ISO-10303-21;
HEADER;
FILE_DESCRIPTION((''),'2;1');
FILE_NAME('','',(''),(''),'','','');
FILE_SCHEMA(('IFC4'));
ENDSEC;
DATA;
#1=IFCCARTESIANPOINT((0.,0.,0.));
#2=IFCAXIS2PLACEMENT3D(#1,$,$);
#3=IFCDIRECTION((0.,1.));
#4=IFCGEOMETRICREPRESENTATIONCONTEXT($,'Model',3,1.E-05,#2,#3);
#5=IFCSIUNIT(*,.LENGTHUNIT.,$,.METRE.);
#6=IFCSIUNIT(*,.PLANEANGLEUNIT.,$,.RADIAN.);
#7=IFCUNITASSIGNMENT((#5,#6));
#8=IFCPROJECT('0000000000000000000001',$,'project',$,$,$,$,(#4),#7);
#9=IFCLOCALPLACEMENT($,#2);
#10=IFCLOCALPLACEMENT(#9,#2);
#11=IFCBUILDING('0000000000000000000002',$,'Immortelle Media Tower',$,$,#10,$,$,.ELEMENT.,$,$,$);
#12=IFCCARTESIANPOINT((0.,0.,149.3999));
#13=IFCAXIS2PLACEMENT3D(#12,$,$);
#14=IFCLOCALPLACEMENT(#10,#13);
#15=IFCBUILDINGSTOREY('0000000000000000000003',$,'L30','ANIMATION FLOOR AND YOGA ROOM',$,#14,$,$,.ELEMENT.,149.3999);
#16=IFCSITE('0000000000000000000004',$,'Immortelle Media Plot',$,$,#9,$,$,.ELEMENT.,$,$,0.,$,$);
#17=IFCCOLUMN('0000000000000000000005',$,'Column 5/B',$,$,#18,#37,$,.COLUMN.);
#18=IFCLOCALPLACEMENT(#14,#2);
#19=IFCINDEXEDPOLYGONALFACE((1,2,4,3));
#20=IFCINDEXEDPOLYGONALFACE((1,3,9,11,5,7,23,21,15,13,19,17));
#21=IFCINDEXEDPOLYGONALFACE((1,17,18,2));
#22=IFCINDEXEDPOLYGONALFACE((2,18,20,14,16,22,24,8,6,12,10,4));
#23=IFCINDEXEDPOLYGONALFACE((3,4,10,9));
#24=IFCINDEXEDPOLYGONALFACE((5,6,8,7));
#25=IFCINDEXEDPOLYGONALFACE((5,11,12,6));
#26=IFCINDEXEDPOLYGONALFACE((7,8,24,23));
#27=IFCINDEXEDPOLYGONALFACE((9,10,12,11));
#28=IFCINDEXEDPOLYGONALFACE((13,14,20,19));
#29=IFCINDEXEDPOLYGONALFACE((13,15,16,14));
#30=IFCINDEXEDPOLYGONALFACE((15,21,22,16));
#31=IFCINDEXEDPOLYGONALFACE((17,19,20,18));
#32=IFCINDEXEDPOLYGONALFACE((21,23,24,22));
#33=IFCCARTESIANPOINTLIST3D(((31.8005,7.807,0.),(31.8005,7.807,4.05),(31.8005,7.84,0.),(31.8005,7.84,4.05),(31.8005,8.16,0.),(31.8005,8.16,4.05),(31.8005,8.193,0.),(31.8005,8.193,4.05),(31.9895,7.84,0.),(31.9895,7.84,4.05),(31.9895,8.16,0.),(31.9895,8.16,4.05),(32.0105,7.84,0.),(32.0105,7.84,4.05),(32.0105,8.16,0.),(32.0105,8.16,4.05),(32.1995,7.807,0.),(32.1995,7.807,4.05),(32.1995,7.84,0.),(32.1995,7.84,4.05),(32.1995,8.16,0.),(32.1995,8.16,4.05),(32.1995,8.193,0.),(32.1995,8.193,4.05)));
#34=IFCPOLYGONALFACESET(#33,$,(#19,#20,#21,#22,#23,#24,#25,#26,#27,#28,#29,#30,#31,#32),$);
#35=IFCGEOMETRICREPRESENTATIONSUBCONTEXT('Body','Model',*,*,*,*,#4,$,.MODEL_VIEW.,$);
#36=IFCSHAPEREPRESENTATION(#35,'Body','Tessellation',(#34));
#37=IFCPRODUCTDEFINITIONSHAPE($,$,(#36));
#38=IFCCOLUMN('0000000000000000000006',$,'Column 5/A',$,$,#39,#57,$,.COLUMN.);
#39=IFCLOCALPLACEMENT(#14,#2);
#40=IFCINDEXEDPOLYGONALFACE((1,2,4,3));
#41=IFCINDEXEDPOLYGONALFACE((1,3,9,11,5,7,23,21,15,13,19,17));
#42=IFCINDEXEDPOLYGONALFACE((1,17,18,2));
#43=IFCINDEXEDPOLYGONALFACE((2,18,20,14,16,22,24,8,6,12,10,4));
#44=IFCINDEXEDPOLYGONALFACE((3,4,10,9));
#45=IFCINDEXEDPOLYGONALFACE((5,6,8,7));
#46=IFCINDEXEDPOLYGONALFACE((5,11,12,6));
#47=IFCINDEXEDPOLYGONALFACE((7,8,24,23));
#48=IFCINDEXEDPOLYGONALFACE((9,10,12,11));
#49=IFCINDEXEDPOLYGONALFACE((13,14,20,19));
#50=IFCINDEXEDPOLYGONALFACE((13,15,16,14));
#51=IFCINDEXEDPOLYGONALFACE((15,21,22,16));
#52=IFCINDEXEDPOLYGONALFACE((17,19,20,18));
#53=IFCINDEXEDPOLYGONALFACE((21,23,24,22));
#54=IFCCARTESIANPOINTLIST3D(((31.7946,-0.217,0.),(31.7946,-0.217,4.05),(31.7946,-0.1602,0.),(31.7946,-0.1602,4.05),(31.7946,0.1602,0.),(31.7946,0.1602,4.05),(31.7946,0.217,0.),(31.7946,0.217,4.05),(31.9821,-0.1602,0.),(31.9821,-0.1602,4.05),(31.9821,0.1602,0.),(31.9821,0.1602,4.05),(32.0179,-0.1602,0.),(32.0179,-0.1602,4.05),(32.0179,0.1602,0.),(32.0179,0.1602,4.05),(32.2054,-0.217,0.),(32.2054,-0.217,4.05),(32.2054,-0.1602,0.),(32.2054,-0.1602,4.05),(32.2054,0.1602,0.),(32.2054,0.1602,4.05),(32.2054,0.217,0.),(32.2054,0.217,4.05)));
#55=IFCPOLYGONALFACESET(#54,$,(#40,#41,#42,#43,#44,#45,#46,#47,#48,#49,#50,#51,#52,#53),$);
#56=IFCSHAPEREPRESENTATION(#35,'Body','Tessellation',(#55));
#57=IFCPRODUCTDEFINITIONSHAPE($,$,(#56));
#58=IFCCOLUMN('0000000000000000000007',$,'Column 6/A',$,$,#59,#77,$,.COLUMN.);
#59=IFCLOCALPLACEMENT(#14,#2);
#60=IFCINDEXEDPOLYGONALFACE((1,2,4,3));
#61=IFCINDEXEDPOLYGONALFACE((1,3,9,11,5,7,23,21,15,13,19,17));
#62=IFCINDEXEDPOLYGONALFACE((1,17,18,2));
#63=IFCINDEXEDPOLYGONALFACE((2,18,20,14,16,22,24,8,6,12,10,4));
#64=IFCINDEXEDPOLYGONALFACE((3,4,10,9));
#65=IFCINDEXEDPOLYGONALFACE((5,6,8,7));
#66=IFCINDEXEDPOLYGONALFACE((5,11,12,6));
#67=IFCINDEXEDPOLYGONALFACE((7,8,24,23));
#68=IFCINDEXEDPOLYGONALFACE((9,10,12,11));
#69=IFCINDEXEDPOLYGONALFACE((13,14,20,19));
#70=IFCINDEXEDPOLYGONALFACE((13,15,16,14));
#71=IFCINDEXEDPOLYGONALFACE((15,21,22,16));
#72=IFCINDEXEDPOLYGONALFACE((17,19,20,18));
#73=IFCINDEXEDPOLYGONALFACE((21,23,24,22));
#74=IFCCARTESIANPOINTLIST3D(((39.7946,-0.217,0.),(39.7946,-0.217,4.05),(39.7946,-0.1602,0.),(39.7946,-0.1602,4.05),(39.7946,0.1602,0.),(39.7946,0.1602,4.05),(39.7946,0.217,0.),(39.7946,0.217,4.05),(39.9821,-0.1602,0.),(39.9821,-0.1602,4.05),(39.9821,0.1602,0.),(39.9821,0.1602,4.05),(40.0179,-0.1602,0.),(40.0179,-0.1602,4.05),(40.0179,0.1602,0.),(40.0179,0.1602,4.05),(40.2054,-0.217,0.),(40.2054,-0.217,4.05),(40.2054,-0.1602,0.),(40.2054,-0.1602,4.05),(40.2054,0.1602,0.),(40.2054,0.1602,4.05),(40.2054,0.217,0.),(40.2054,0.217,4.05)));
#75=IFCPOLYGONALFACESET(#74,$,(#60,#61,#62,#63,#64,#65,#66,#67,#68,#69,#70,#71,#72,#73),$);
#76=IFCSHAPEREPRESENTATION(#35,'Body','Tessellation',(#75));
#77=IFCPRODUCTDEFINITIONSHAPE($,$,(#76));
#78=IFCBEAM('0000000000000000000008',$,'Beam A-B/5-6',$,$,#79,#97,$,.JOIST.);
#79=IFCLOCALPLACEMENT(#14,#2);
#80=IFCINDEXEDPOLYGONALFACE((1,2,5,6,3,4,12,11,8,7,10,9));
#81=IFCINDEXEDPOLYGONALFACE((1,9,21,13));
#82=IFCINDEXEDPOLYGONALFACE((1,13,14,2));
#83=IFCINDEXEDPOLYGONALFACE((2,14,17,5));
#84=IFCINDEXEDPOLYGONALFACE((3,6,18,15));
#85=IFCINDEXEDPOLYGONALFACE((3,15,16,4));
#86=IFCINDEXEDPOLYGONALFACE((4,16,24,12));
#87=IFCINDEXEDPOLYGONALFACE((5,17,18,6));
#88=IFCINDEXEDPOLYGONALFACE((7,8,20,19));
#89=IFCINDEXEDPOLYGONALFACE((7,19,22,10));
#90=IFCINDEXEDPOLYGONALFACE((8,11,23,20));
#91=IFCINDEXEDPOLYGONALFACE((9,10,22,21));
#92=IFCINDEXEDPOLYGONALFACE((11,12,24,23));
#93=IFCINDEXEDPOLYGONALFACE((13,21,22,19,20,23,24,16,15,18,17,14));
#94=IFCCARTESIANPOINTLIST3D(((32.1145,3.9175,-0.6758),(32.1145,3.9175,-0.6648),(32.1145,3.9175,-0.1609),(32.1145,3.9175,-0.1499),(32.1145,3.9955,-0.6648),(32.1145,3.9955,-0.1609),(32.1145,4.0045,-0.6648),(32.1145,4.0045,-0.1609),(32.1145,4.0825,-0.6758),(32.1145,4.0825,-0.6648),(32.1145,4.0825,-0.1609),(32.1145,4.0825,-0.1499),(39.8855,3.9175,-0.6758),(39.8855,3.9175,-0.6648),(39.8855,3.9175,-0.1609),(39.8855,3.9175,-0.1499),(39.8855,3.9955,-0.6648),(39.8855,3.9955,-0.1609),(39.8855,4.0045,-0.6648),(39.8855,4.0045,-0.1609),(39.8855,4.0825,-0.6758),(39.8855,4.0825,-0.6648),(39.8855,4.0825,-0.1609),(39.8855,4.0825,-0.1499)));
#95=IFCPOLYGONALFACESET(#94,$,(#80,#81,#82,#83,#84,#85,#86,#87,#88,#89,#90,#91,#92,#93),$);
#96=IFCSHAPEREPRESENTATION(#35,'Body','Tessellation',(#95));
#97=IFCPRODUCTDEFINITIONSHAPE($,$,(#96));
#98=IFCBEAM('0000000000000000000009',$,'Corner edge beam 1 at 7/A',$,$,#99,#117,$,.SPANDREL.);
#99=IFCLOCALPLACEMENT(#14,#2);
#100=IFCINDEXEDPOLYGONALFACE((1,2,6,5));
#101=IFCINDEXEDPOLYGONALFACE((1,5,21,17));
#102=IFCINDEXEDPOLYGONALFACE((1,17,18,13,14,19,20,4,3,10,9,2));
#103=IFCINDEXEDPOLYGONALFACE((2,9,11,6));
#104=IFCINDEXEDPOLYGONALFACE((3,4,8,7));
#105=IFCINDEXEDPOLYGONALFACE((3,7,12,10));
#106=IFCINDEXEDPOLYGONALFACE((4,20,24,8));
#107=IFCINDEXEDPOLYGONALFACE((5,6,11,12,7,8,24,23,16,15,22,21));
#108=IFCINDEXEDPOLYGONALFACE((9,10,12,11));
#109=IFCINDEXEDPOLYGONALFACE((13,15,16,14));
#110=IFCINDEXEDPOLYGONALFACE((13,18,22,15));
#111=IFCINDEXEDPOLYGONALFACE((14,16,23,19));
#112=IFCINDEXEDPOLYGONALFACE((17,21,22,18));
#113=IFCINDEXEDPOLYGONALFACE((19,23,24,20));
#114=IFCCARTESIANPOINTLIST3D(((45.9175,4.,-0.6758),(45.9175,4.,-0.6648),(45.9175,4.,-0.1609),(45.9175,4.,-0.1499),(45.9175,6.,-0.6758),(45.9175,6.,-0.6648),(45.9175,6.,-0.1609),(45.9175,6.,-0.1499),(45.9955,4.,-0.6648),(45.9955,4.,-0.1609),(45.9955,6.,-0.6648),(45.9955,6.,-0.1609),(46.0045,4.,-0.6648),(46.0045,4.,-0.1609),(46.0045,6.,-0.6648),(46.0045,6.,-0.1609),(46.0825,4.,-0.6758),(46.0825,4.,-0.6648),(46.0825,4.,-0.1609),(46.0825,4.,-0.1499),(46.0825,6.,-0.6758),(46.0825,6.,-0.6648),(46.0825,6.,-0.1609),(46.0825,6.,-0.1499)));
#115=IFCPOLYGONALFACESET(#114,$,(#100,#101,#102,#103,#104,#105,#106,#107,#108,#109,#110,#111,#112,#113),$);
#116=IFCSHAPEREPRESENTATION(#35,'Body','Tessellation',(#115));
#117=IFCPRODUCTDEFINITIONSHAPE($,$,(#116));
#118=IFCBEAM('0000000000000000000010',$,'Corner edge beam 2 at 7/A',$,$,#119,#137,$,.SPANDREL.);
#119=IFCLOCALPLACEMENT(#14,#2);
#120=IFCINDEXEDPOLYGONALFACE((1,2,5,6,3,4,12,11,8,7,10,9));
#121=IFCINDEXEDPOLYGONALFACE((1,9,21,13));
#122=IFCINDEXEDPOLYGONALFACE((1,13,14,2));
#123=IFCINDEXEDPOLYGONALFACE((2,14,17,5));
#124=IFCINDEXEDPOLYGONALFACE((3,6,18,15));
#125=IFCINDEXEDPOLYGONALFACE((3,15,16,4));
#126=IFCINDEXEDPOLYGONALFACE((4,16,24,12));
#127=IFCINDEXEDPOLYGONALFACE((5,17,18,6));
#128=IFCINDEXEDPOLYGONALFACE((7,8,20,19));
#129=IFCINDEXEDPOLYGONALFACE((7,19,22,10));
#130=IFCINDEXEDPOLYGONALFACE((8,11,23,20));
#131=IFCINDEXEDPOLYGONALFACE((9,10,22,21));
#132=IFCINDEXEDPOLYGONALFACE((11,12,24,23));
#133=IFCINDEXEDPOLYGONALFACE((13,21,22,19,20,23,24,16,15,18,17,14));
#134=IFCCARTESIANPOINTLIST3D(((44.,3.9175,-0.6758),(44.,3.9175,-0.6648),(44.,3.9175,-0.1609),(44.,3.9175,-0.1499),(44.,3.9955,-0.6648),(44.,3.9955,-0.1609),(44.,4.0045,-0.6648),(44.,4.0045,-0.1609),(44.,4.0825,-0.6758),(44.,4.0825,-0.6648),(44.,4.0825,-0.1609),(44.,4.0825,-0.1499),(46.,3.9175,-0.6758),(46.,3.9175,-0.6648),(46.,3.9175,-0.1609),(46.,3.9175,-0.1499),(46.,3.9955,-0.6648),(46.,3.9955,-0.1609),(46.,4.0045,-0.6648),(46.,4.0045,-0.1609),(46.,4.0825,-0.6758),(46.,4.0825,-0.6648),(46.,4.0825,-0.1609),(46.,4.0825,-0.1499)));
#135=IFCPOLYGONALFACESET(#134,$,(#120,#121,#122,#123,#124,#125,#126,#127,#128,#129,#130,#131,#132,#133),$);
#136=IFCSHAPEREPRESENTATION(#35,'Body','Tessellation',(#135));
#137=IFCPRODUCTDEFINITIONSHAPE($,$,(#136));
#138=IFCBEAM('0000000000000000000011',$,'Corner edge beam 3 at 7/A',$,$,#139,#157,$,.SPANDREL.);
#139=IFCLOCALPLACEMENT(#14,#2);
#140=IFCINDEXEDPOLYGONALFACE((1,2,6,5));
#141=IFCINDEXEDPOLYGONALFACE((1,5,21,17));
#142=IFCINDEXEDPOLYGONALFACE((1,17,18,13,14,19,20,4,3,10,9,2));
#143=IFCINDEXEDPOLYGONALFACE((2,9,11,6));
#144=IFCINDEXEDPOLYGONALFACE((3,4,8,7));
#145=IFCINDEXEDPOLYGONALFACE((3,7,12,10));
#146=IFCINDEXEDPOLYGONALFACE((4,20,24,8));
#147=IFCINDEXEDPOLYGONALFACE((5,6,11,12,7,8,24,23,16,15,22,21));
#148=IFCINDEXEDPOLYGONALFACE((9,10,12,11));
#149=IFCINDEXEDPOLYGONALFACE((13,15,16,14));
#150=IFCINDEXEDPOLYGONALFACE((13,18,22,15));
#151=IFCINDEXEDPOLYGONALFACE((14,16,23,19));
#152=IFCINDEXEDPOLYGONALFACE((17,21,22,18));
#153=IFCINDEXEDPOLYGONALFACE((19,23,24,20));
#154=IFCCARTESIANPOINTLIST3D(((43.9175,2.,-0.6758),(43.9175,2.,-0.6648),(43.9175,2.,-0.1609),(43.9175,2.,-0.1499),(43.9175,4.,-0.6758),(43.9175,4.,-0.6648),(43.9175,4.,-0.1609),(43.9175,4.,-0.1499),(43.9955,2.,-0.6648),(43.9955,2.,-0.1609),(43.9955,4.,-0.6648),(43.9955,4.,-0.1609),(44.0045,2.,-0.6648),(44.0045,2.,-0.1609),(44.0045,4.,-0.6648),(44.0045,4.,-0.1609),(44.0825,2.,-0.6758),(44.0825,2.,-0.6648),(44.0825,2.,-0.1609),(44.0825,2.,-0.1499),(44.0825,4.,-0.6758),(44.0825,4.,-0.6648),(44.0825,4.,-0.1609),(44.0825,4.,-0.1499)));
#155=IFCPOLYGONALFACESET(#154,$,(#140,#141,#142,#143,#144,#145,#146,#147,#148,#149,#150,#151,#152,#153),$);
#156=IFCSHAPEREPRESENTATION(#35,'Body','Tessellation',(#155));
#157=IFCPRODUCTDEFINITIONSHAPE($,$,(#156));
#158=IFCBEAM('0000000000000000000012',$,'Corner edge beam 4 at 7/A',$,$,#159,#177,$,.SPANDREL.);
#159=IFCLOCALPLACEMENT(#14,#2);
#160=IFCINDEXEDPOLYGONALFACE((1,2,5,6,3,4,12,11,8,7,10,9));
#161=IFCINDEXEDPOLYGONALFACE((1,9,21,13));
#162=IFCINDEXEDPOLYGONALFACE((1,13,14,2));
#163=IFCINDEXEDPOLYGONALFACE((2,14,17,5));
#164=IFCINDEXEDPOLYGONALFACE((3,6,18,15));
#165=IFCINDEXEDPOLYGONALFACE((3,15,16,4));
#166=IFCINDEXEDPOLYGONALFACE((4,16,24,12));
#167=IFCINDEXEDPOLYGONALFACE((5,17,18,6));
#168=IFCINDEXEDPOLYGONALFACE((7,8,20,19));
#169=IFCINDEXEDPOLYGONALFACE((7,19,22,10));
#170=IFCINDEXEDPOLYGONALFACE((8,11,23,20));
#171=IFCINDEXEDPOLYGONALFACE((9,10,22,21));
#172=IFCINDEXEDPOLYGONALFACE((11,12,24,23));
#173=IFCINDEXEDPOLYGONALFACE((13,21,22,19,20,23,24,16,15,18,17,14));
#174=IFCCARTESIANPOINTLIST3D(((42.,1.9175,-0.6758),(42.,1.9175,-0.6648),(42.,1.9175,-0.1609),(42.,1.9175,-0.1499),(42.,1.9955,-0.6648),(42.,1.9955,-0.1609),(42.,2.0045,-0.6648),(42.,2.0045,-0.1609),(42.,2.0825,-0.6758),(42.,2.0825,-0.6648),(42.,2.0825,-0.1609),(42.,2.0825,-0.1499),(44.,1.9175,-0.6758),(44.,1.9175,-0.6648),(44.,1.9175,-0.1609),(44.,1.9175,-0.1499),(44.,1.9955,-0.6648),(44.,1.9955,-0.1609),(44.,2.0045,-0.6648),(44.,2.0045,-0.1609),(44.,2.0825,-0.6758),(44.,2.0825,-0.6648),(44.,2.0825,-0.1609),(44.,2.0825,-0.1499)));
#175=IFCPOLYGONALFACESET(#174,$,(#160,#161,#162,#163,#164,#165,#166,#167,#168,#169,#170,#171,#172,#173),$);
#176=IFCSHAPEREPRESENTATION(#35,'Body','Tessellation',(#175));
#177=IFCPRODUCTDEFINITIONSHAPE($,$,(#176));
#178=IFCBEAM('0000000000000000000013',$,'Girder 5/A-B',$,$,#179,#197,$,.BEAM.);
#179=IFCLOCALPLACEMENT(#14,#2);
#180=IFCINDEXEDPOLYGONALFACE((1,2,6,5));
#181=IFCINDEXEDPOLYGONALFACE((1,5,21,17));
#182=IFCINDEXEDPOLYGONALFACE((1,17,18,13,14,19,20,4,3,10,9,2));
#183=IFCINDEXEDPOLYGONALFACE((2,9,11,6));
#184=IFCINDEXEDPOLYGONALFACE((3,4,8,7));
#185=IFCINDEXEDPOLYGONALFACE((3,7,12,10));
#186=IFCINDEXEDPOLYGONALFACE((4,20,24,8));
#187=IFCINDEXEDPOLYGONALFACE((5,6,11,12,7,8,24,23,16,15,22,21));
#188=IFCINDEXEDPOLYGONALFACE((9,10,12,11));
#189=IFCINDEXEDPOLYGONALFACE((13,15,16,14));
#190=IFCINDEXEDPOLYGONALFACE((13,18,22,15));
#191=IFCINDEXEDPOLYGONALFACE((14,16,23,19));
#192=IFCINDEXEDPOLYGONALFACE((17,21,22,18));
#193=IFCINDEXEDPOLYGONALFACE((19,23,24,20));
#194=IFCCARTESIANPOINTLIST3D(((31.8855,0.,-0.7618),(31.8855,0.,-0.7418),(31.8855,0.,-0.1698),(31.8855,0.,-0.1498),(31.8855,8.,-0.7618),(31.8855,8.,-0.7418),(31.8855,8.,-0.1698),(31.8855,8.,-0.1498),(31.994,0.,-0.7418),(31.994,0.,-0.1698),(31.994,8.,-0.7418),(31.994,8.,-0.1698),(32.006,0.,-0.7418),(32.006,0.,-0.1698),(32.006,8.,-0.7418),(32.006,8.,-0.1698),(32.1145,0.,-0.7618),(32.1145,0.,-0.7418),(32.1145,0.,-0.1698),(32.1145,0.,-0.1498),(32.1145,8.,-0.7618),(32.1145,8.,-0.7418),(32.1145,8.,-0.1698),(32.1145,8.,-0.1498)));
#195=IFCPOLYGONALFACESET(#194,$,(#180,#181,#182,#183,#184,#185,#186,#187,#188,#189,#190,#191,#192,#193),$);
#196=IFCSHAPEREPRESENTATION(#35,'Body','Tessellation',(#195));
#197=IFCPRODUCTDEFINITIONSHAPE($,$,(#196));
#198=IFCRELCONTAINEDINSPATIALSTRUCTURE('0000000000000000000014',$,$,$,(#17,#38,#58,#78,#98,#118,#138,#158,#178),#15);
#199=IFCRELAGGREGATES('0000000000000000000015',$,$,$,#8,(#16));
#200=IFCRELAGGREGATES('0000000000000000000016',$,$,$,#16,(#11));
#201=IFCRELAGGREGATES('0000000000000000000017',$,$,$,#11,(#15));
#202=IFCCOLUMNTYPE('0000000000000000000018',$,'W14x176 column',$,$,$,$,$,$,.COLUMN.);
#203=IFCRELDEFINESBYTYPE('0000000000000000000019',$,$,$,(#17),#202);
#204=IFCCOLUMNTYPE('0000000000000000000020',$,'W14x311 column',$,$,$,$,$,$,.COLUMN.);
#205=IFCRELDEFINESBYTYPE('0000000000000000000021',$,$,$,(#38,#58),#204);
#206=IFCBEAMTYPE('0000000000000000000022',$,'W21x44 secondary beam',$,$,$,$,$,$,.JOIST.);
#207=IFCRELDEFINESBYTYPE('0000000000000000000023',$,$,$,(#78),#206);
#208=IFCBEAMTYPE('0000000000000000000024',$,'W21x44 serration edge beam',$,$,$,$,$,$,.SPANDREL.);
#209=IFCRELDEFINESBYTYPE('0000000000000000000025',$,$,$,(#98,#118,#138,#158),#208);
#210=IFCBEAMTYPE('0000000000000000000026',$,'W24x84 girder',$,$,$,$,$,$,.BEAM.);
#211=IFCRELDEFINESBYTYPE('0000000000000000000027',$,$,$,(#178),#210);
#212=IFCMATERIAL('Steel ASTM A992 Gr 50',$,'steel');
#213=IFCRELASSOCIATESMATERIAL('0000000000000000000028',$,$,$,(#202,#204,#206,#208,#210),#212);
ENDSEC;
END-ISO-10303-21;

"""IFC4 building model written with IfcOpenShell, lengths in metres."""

from ifc_helpers import new_model, si_unit, direction, frame, origin, origin_2d, place, context, subcontext, project, spatial, i_section, extrude, material, material_profile, profile_set, type_object, element, save


model = new_model("IFC4")

# Units and contexts
model_context = context("Model", 3, precision=1e-05, world=origin(), true_north=direction((0.0, 1.0)))
body_context = subcontext(model_context, "Body", "Model", "MODEL_VIEW")
ifc_project = project(units=[si_unit("LENGTHUNIT", "METRE"), si_unit("PLANEANGLEUNIT", "RADIAN")], contexts=[model_context])

# Site, building, storey
site_placement = place(None, origin())
site = spatial("IfcSite", under=ifc_project, at=site_placement, Name="Immortelle Media Plot", CompositionType="ELEMENT", RefElevation=0.0)
building_placement = place(site_placement, origin())
building = spatial("IfcBuilding", under=site, at=building_placement, Name="Immortelle Media Tower", CompositionType="ELEMENT")
storey_placement = place(building_placement, frame((0.0, 0.0, 149.3999)))
storey = spatial("IfcBuildingStorey", under=building, at=storey_placement, Name="L30", Description="ANIMATION FLOOR AND YOGA ROOM", CompositionType="ELEMENT", Elevation=149.3999)

# Columns
ifc_material_1 = material(Name="Steel ASTM A992 Gr 50", Category="steel")
ifc_material_profile_1 = material_profile(ifc_material_1, i_section(OverallWidth=0.3989, OverallDepth=0.386, WebThickness=0.021, FlangeThickness=0.033, at=origin_2d()), Name="W14x176")
ifc_profile_set_1 = profile_set([ifc_material_profile_1], Name="Steel ASTM A992 Gr 50")
column_type_1 = type_object("IfcColumnType", Name="W14x176 column", PredefinedType="COLUMN", material=ifc_profile_set_1)
column_placement = place(storey_placement, frame((32.0, 8.0, 0.0), z_axis=(0.0, 0.0, 1.0), x_axis=(1.0, 0.0, 0.0)))
element("IfcColumn", 1, at=column_placement, inside=storey, type_object=column_type_1, Name="Column 5/B", PredefinedType="COLUMN", context=body_context, shape_type="SweptSolid", body=[
    extrude(i_section(OverallWidth=0.3989, OverallDepth=0.386, WebThickness=0.021, FlangeThickness=0.033, at=origin_2d()), origin(), (0.0, 0.0, 1.0), 4.05),
])
ifc_material_profile_2 = material_profile(ifc_material_1, i_section(OverallWidth=0.4109, OverallDepth=0.4341, WebThickness=0.0359, FlangeThickness=0.0569, at=origin_2d()), Name="W14x311")
ifc_profile_set_2 = profile_set([ifc_material_profile_2], Name="Steel ASTM A992 Gr 50")
column_type_2 = type_object("IfcColumnType", Name="W14x311 column", PredefinedType="COLUMN", material=ifc_profile_set_2)
for number, where, z_axis, x_axis, name in (
    (2, (32.0, 0.0, 0.0), (0.0, 0.0, 1.0), (1.0, 0.0, 0.0), "Column 5/A"),
    (3, (40.0, 0.0, 0.0), (0.0, 0.0, 1.0), (1.0, 0.0, 0.0), "Column 6/A"),
):
    element("IfcColumn", number, at=place(storey_placement, frame(where, z_axis=z_axis, x_axis=x_axis)), inside=storey, type_object=column_type_2, Name=name, PredefinedType="COLUMN", context=body_context, shape_type="SweptSolid", body=[
        extrude(i_section(OverallWidth=0.4109, OverallDepth=0.4341, WebThickness=0.0359, FlangeThickness=0.0569, at=origin_2d()), origin(), (0.0, 0.0, 1.0), 4.05),
    ])

# Beams
ifc_material_profile_3 = material_profile(ifc_material_1, i_section(OverallWidth=0.165, OverallDepth=0.5259, WebThickness=0.009, FlangeThickness=0.011, at=origin_2d()), Name="W21x44")
ifc_profile_set_3 = profile_set([ifc_material_profile_3], Name="Steel ASTM A992 Gr 50")
beam_type_1 = type_object("IfcBeamType", Name="W21x44 secondary beam", PredefinedType="JOIST", material=ifc_profile_set_3)
beam_1_placement = place(storey_placement, frame((32.1145, 4.0, -0.4128), z_axis=(1.0, 0.0, 0.0), x_axis=(0.0, 1.0, 0.0)))
element("IfcBeam", 4, at=beam_1_placement, inside=storey, type_object=beam_type_1, Name="Beam A-B/5-6", PredefinedType="JOIST", context=body_context, shape_type="SweptSolid", body=[
    extrude(i_section(OverallWidth=0.165, OverallDepth=0.5259, WebThickness=0.009, FlangeThickness=0.011, at=origin_2d()), origin(), (0.0, 0.0, 1.0), 7.771),
])
ifc_material_profile_4 = material_profile(ifc_material_1, i_section(OverallWidth=0.165, OverallDepth=0.5259, WebThickness=0.009, FlangeThickness=0.011, at=origin_2d()), Name="W21x44")
ifc_profile_set_4 = profile_set([ifc_material_profile_4], Name="Steel ASTM A992 Gr 50")
beam_type_2 = type_object("IfcBeamType", Name="W21x44 serration edge beam", PredefinedType="SPANDREL", material=ifc_profile_set_4)
for number, where, z_axis, x_axis, name in (
    (5, (46.0, 6.0, -0.4128), (0.0, -1.0, 0.0), (1.0, 0.0, 0.0), "Corner edge beam 1 at 7/A"),
    (6, (46.0, 4.0, -0.4128), (-1.0, 0.0, 0.0), (0.0, -1.0, 0.0), "Corner edge beam 2 at 7/A"),
    (7, (44.0, 4.0, -0.4128), (0.0, -1.0, 0.0), (1.0, 0.0, 0.0), "Corner edge beam 3 at 7/A"),
    (8, (44.0, 2.0, -0.4128), (-1.0, 0.0, 0.0), (0.0, -1.0, 0.0), "Corner edge beam 4 at 7/A"),
):
    element("IfcBeam", number, at=place(storey_placement, frame(where, z_axis=z_axis, x_axis=x_axis)), inside=storey, type_object=beam_type_2, Name=name, PredefinedType="SPANDREL", context=body_context, shape_type="SweptSolid", body=[
        extrude(i_section(OverallWidth=0.165, OverallDepth=0.5259, WebThickness=0.009, FlangeThickness=0.011, at=origin_2d()), origin(), (0.0, 0.0, 1.0), 2.0),
    ])
ifc_material_profile_5 = material_profile(ifc_material_1, i_section(OverallWidth=0.229, OverallDepth=0.6121, WebThickness=0.012, FlangeThickness=0.02, at=origin_2d()), Name="W24x84")
ifc_profile_set_5 = profile_set([ifc_material_profile_5], Name="Steel ASTM A992 Gr 50")
beam_type_3 = type_object("IfcBeamType", Name="W24x84 girder", PredefinedType="BEAM", material=ifc_profile_set_5)
for number, where, z_axis, x_axis, name in (
    (9, (32.0, 0.0, -0.4558), (0.0, 1.0, 0.0), (-1.0, 0.0, 0.0), "Girder 5/A-B"),
):
    element("IfcBeam", number, at=place(storey_placement, frame(where, z_axis=z_axis, x_axis=x_axis)), inside=storey, type_object=beam_type_3, Name=name, PredefinedType="BEAM", context=body_context, shape_type="SweptSolid", body=[
        extrude(i_section(OverallWidth=0.229, OverallDepth=0.6121, WebThickness=0.012, FlangeThickness=0.02, at=origin_2d()), origin(), (0.0, 0.0, 1.0), 8.0),
    ])

save(model, "model.ifc")
